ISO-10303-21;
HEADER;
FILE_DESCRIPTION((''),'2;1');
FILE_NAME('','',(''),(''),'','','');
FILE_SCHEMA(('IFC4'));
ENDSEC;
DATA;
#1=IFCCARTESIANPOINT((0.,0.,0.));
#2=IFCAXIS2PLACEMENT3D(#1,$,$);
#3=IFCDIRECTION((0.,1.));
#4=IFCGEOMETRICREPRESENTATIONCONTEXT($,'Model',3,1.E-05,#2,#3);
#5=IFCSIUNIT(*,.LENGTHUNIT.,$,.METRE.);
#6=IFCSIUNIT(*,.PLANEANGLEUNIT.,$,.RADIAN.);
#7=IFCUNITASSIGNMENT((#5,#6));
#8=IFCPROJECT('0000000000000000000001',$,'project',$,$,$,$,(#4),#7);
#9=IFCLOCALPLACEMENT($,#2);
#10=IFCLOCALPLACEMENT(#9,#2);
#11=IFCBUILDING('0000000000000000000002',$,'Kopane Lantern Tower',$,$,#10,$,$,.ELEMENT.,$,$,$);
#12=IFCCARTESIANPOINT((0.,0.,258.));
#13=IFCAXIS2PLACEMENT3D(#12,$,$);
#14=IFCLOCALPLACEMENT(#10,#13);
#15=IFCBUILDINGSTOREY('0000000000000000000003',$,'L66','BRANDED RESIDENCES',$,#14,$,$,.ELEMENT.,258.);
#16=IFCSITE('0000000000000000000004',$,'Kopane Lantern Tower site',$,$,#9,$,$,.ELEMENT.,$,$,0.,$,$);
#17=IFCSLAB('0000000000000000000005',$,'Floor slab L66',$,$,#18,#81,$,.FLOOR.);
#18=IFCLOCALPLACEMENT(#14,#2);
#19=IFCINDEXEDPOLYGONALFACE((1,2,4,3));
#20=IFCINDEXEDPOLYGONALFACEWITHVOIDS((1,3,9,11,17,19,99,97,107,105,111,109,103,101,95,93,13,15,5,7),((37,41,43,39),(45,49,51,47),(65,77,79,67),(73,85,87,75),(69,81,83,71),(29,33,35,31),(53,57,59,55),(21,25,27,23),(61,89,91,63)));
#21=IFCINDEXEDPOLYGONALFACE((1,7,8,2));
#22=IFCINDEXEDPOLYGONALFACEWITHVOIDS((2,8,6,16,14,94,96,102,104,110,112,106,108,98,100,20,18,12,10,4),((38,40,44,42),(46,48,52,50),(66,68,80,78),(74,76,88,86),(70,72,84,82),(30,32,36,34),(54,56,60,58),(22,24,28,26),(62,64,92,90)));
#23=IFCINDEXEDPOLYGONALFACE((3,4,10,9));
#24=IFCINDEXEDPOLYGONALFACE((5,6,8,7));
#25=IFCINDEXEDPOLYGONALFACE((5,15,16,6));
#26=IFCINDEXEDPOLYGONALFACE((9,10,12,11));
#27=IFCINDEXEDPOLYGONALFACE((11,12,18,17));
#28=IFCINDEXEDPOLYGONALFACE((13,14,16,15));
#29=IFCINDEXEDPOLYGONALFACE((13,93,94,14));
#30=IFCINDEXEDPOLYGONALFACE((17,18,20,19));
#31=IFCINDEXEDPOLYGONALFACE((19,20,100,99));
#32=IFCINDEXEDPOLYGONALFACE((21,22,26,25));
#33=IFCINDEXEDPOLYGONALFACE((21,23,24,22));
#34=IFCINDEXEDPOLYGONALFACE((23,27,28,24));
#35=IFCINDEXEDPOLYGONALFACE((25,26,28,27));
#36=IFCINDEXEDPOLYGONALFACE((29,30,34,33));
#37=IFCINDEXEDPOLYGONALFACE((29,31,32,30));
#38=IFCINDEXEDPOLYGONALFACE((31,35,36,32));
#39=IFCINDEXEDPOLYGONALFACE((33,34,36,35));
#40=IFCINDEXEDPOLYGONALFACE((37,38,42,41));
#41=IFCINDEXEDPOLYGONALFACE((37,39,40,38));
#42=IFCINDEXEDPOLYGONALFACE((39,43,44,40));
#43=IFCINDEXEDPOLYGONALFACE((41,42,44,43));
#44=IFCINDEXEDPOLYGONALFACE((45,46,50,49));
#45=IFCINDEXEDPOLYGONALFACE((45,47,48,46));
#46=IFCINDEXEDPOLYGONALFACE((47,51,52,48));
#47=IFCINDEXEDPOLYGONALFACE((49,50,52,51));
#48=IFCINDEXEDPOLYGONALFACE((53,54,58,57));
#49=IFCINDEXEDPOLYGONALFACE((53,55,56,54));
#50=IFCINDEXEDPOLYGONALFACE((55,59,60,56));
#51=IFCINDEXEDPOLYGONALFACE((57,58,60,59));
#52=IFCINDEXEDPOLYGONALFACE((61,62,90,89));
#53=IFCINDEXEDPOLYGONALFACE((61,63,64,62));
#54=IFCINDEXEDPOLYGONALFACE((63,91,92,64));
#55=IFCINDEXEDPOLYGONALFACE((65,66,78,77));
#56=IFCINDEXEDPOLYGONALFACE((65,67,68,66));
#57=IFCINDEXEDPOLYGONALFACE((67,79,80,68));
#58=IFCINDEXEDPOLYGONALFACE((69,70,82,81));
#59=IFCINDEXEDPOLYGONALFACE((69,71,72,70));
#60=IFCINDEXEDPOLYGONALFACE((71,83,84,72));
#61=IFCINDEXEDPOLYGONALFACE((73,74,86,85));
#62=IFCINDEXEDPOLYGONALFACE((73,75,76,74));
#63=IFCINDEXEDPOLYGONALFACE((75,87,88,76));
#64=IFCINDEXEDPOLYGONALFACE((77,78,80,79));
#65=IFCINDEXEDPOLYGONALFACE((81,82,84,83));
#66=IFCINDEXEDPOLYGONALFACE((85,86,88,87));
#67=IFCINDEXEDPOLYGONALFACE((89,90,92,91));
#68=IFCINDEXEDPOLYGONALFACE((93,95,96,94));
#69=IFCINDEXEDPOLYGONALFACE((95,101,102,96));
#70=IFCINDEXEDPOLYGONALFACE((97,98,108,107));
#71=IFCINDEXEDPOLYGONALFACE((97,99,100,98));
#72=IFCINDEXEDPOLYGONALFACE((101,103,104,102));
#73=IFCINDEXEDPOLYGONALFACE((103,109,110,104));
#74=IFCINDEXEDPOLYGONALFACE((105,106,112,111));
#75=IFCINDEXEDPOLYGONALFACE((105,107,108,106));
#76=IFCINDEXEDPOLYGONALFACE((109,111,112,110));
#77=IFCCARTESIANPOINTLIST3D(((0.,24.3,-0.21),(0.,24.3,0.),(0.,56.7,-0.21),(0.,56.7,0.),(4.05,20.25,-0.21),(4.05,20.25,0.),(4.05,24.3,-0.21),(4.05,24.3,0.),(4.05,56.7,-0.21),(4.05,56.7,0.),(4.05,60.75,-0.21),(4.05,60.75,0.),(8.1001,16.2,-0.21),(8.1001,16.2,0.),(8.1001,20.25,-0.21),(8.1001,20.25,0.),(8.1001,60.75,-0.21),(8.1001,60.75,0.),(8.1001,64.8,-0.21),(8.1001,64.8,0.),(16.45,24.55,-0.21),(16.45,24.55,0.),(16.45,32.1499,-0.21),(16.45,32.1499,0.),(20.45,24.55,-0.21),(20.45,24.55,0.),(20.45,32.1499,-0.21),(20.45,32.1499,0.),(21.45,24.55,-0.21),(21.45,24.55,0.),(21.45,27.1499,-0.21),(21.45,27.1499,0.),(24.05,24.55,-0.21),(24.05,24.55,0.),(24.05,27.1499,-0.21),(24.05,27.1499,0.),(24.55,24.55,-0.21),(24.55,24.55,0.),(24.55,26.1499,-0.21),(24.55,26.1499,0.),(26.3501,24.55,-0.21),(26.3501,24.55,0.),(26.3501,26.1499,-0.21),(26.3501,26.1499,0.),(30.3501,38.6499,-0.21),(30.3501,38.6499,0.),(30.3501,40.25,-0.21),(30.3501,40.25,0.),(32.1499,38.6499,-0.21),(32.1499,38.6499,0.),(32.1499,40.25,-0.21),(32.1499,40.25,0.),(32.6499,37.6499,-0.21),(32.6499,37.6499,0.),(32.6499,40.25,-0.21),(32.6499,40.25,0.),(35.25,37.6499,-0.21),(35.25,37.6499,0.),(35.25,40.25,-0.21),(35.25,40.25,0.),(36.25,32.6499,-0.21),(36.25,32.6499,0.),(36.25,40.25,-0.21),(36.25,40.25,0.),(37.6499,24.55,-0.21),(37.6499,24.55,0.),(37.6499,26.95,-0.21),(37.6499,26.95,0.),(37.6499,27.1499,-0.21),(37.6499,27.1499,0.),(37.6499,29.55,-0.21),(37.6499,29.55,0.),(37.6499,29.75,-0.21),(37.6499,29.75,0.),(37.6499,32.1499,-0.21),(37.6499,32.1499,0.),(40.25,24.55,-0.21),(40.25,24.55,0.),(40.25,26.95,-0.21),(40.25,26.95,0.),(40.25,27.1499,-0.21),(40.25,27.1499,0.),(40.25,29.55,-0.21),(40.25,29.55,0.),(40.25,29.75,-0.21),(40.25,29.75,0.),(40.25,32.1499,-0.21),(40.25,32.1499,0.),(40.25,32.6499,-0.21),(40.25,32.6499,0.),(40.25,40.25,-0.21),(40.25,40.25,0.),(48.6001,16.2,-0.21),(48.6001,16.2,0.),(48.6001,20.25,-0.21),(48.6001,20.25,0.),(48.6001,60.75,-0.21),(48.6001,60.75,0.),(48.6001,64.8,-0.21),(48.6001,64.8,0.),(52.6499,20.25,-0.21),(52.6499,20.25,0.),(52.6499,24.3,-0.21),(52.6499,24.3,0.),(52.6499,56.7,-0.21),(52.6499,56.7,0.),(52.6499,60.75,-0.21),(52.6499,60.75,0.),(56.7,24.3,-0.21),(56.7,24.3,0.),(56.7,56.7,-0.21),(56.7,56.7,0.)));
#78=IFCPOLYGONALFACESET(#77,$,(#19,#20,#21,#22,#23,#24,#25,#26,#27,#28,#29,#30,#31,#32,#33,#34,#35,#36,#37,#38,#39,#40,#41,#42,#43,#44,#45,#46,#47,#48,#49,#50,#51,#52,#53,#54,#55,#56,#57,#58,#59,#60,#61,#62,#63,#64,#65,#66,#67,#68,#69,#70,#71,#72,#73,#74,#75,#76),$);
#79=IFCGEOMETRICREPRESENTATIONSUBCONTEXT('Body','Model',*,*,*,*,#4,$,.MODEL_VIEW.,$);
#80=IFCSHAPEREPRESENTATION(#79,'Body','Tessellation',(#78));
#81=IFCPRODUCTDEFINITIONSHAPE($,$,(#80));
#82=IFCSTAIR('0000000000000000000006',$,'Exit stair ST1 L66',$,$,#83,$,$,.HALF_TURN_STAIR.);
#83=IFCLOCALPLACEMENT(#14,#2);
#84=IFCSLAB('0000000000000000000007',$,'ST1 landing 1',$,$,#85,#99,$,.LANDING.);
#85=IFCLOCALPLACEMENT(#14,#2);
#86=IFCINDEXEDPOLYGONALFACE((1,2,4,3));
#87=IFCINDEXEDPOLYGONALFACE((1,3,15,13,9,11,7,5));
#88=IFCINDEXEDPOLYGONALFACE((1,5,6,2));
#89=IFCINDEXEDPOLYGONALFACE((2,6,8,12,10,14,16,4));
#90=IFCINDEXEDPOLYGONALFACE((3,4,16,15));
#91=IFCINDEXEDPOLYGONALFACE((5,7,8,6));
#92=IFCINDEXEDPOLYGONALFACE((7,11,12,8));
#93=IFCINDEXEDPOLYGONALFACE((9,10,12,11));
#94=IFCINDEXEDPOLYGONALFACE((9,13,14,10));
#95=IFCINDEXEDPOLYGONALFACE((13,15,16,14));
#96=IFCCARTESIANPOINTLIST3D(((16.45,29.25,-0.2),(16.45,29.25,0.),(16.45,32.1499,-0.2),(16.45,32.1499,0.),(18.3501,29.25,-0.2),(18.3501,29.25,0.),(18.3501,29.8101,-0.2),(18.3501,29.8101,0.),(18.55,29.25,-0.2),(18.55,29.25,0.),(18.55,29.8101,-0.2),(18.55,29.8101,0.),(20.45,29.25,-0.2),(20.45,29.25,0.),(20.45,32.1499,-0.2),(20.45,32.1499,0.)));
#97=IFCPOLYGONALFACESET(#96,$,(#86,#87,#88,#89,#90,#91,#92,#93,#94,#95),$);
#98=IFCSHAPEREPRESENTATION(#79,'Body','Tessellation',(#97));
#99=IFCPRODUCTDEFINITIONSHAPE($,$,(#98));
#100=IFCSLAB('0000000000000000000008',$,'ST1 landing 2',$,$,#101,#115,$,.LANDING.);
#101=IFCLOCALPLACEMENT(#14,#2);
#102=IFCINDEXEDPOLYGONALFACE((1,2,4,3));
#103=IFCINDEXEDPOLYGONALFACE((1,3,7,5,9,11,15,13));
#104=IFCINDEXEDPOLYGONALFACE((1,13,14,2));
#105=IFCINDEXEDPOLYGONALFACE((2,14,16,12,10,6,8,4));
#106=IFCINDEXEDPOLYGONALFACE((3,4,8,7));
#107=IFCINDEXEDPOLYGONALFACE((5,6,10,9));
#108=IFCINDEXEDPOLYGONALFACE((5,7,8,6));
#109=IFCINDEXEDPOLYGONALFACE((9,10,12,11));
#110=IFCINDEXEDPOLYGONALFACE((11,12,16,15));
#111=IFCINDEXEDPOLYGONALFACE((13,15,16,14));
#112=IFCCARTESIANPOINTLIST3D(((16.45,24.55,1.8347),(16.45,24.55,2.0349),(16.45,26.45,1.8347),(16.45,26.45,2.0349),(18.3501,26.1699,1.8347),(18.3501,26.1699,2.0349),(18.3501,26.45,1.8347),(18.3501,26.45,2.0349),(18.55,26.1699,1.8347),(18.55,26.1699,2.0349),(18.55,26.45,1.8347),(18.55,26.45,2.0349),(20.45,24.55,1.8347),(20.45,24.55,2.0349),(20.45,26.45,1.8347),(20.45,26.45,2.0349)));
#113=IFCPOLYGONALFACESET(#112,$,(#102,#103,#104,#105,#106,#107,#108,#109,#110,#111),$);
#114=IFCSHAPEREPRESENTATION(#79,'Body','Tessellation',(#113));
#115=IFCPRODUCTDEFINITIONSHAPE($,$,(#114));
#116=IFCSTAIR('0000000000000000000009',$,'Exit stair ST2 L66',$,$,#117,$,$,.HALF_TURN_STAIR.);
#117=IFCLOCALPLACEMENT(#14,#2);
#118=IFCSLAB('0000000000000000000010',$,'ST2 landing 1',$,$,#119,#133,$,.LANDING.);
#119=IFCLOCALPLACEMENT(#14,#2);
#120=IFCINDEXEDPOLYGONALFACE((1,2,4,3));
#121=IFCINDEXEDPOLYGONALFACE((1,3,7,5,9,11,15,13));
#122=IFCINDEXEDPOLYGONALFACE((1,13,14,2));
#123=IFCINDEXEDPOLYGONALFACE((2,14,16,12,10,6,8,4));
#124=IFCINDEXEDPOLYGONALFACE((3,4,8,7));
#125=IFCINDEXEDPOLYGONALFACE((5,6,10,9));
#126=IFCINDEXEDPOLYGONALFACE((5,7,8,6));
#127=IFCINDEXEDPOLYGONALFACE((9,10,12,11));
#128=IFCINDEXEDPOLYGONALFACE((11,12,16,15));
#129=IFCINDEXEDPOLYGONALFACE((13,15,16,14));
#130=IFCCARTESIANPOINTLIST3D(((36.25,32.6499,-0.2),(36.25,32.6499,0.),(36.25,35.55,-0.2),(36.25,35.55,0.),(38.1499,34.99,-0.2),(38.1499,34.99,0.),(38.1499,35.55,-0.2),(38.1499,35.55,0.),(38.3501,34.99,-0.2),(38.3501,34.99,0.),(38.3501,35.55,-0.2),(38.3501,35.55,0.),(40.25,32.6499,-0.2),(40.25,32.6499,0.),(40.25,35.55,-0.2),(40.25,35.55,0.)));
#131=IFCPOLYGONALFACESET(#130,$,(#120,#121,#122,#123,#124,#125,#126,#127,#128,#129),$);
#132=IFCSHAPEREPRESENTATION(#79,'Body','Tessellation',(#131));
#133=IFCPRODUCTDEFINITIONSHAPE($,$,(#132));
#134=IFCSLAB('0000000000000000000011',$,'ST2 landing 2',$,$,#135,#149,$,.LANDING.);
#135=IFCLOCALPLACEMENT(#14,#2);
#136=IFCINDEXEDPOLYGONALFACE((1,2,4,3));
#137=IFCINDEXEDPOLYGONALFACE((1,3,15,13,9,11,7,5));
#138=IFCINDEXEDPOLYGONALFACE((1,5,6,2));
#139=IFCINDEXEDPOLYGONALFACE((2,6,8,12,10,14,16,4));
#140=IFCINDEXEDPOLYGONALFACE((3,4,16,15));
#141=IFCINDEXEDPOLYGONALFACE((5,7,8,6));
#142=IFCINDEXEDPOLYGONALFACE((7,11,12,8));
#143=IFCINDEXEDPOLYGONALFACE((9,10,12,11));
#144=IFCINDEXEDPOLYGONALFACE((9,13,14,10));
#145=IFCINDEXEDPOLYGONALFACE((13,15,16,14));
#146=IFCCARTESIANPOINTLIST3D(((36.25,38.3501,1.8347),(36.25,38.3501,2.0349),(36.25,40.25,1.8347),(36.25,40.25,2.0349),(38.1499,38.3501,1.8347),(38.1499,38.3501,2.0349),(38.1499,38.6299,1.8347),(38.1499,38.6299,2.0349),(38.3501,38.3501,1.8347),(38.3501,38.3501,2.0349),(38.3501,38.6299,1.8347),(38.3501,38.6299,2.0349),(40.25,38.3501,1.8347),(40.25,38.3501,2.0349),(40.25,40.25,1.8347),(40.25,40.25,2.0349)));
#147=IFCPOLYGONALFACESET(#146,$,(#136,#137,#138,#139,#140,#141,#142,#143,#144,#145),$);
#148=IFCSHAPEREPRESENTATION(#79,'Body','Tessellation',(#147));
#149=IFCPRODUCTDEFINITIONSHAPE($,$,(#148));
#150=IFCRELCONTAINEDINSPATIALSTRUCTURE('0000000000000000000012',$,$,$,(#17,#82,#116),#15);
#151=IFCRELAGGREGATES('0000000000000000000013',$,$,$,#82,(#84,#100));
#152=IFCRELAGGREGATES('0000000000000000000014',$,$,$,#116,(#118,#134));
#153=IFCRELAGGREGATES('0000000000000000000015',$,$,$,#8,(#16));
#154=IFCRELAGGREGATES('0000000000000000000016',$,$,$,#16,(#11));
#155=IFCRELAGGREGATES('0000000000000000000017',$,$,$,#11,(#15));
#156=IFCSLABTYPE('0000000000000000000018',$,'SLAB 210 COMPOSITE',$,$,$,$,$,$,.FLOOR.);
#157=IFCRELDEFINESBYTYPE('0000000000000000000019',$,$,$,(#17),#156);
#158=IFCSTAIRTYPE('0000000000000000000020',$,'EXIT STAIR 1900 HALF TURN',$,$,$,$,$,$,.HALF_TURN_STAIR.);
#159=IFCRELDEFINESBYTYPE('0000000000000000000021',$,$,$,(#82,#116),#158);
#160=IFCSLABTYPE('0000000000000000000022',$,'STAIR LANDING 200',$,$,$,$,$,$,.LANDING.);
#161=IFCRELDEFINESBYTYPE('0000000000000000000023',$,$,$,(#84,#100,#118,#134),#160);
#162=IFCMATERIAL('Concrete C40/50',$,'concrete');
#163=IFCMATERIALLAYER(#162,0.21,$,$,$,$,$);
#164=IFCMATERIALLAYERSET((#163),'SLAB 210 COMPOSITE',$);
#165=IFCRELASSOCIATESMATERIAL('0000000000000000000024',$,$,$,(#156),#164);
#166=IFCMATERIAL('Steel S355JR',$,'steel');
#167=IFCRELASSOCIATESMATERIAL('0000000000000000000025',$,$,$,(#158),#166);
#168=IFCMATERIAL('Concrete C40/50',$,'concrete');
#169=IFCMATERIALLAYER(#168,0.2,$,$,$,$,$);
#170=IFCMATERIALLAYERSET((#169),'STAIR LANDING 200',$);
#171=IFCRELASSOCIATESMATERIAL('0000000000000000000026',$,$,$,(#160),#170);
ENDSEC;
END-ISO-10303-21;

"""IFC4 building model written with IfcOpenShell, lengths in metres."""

from ifc_helpers import new_model, si_unit, direction, frame, origin, place, context, subcontext, project, spatial, polyline, outline, extrude, material, layer, layer_set, type_object, element, aggregate, save


model = new_model("IFC4")

# Units and contexts
model_context = context("Model", 3, precision=1e-05, world=origin(), true_north=direction((0.0, 1.0)))
body_context = subcontext(model_context, "Body", "Model", "MODEL_VIEW")
ifc_project = project(units=[si_unit("LENGTHUNIT", "METRE"), si_unit("PLANEANGLEUNIT", "RADIAN")], contexts=[model_context])

# Site, building, storey
site_placement = place(None, origin())
site = spatial("IfcSite", under=ifc_project, at=site_placement, Name="Kopane Lantern Tower site", CompositionType="ELEMENT", RefElevation=0.0)
building_placement = place(site_placement, origin())
building = spatial("IfcBuilding", under=site, at=building_placement, Name="Kopane Lantern Tower", CompositionType="ELEMENT")
storey_placement = place(building_placement, frame((0.0, 0.0, 258.0)))
storey = spatial("IfcBuildingStorey", under=building, at=storey_placement, Name="L66", Description="BRANDED RESIDENCES", CompositionType="ELEMENT", Elevation=258.0)

# Slab
ifc_material_1 = material(Name="Concrete C40/50", Category="concrete")
ifc_layer_1 = layer(ifc_material_1, 0.21)
ifc_layer_set_1 = layer_set([ifc_layer_1], Name="SLAB 210 COMPOSITE")
slab_type_1 = type_object("IfcSlabType", Name="SLAB 210 COMPOSITE", PredefinedType="FLOOR", material=ifc_layer_set_1)
slab_1_placement = place(storey_placement, frame((0.0, 0.0, -0.21)))
element("IfcSlab", 1, at=slab_1_placement, inside=storey, type_object=slab_type_1, Name="Floor slab L66", PredefinedType="FLOOR", context=body_context, shape_type="SweptSolid", body=[
    extrude(outline(polyline([(8.1001, 16.2), (48.6001, 16.2), (48.6001, 20.25), (52.6499, 20.25), (52.6499, 24.3), (56.7, 24.3), (56.7, 56.7), (52.6499, 56.7), (52.6499, 60.75), (48.6001, 60.75), (48.6001, 64.8), (8.1001, 64.8), (8.1001, 60.75), (4.05, 60.75), (4.05, 56.7), (0.0, 56.7), (0.0, 24.3), (4.05, 24.3), (4.05, 20.25), (8.1001, 20.25), (8.1001, 16.2)]), holes=[polyline([(16.45, 24.55), (20.45, 24.55), (20.45, 32.1499), (16.45, 32.1499), (16.45, 24.55)]), polyline([(36.25, 32.6499), (40.25, 32.6499), (40.25, 40.25), (36.25, 40.25), (36.25, 32.6499)]), polyline([(37.6499, 24.55), (40.25, 24.55), (40.25, 26.95), (37.6499, 26.95), (37.6499, 24.55)]), polyline([(37.6499, 27.1499), (40.25, 27.1499), (40.25, 29.55), (37.6499, 29.55), (37.6499, 27.1499)]), polyline([(37.6499, 29.75), (40.25, 29.75), (40.25, 32.1499), (37.6499, 32.1499), (37.6499, 29.75)]), polyline([(21.45, 24.55), (24.05, 24.55), (24.05, 27.1499), (21.45, 27.1499), (21.45, 24.55)]), polyline([(32.6499, 37.6499), (35.25, 37.6499), (35.25, 40.25), (32.6499, 40.25), (32.6499, 37.6499)]), polyline([(24.55, 24.55), (26.3501, 24.55), (26.3501, 26.1499), (24.55, 26.1499), (24.55, 24.55)]), polyline([(30.3501, 38.6499), (32.1499, 38.6499), (32.1499, 40.25), (30.3501, 40.25), (30.3501, 38.6499)])]), origin(), (0.0, 0.0, 1.0), 0.21),
])

# Stairs, slabs
ifc_material_2 = material(Name="Steel S355JR", Category="steel")
stair_type = type_object("IfcStairType", Name="EXIT STAIR 1900 HALF TURN", PredefinedType="HALF_TURN_STAIR", material=ifc_material_2)
stair_1_placement = place(storey_placement, origin())
stair_1 = element("IfcStair", 2, at=stair_1_placement, inside=storey, type_object=stair_type, Name="Exit stair ST1 L66", PredefinedType="HALF_TURN_STAIR")
ifc_material_3 = material(Name="Concrete C40/50", Category="concrete")
ifc_layer_2 = layer(ifc_material_3, 0.2)
ifc_layer_set_2 = layer_set([ifc_layer_2], Name="STAIR LANDING 200")
slab_type_2 = type_object("IfcSlabType", Name="STAIR LANDING 200", PredefinedType="LANDING", material=ifc_layer_set_2)
slab_2_placement = place(storey_placement, frame((0.0, 0.0, -0.2)))
slab_2 = element("IfcSlab", 3, at=slab_2_placement, type_object=slab_type_2, Name="ST1 landing 1", PredefinedType="LANDING", context=body_context, shape_type="SweptSolid", body=[
    extrude(outline(polyline([(18.3501, 29.8101), (18.55, 29.8101), (18.55, 29.25), (20.45, 29.25), (20.45, 32.1499), (16.45, 32.1499), (16.45, 29.25), (18.3501, 29.25), (18.3501, 29.8101)])), origin(), (0.0, 0.0, 1.0), 0.2),
])
slab_3_placement = place(storey_placement, frame((0.0, 0.0, 1.8347)))
slab_3 = element("IfcSlab", 4, at=slab_3_placement, type_object=slab_type_2, Name="ST1 landing 2", PredefinedType="LANDING", context=body_context, shape_type="SweptSolid", body=[
    extrude(outline(polyline([(20.45, 26.45), (18.55, 26.45), (18.55, 26.1699), (18.3501, 26.1699), (18.3501, 26.45), (16.45, 26.45), (16.45, 24.55), (20.45, 24.55), (20.45, 26.45)])), origin(), (0.0, 0.0, 1.0), 0.2002),
])
aggregate(stair_1, [slab_2, slab_3])
stair_2_placement = place(storey_placement, origin())
stair_2 = element("IfcStair", 5, at=stair_2_placement, inside=storey, type_object=stair_type, Name="Exit stair ST2 L66", PredefinedType="HALF_TURN_STAIR")
slab_4_placement = place(storey_placement, frame((0.0, 0.0, -0.2)))
slab_4 = element("IfcSlab", 6, at=slab_4_placement, type_object=slab_type_2, Name="ST2 landing 1", PredefinedType="LANDING", context=body_context, shape_type="SweptSolid", body=[
    extrude(outline(polyline([(40.25, 35.55), (38.3501, 35.55), (38.3501, 34.99), (38.1499, 34.99), (38.1499, 35.55), (36.25, 35.55), (36.25, 32.6499), (40.25, 32.6499), (40.25, 35.55)])), origin(), (0.0, 0.0, 1.0), 0.2),
])
slab_5_placement = place(storey_placement, frame((0.0, 0.0, 1.8347)))
slab_5 = element("IfcSlab", 7, at=slab_5_placement, type_object=slab_type_2, Name="ST2 landing 2", PredefinedType="LANDING", context=body_context, shape_type="SweptSolid", body=[
    extrude(outline(polyline([(38.1499, 38.6299), (38.3501, 38.6299), (38.3501, 38.3501), (40.25, 38.3501), (40.25, 40.25), (36.25, 40.25), (36.25, 38.3501), (38.1499, 38.3501), (38.1499, 38.6299)])), origin(), (0.0, 0.0, 1.0), 0.2002),
])
aggregate(stair_2, [slab_4, slab_5])

save(model, "model.ifc")
